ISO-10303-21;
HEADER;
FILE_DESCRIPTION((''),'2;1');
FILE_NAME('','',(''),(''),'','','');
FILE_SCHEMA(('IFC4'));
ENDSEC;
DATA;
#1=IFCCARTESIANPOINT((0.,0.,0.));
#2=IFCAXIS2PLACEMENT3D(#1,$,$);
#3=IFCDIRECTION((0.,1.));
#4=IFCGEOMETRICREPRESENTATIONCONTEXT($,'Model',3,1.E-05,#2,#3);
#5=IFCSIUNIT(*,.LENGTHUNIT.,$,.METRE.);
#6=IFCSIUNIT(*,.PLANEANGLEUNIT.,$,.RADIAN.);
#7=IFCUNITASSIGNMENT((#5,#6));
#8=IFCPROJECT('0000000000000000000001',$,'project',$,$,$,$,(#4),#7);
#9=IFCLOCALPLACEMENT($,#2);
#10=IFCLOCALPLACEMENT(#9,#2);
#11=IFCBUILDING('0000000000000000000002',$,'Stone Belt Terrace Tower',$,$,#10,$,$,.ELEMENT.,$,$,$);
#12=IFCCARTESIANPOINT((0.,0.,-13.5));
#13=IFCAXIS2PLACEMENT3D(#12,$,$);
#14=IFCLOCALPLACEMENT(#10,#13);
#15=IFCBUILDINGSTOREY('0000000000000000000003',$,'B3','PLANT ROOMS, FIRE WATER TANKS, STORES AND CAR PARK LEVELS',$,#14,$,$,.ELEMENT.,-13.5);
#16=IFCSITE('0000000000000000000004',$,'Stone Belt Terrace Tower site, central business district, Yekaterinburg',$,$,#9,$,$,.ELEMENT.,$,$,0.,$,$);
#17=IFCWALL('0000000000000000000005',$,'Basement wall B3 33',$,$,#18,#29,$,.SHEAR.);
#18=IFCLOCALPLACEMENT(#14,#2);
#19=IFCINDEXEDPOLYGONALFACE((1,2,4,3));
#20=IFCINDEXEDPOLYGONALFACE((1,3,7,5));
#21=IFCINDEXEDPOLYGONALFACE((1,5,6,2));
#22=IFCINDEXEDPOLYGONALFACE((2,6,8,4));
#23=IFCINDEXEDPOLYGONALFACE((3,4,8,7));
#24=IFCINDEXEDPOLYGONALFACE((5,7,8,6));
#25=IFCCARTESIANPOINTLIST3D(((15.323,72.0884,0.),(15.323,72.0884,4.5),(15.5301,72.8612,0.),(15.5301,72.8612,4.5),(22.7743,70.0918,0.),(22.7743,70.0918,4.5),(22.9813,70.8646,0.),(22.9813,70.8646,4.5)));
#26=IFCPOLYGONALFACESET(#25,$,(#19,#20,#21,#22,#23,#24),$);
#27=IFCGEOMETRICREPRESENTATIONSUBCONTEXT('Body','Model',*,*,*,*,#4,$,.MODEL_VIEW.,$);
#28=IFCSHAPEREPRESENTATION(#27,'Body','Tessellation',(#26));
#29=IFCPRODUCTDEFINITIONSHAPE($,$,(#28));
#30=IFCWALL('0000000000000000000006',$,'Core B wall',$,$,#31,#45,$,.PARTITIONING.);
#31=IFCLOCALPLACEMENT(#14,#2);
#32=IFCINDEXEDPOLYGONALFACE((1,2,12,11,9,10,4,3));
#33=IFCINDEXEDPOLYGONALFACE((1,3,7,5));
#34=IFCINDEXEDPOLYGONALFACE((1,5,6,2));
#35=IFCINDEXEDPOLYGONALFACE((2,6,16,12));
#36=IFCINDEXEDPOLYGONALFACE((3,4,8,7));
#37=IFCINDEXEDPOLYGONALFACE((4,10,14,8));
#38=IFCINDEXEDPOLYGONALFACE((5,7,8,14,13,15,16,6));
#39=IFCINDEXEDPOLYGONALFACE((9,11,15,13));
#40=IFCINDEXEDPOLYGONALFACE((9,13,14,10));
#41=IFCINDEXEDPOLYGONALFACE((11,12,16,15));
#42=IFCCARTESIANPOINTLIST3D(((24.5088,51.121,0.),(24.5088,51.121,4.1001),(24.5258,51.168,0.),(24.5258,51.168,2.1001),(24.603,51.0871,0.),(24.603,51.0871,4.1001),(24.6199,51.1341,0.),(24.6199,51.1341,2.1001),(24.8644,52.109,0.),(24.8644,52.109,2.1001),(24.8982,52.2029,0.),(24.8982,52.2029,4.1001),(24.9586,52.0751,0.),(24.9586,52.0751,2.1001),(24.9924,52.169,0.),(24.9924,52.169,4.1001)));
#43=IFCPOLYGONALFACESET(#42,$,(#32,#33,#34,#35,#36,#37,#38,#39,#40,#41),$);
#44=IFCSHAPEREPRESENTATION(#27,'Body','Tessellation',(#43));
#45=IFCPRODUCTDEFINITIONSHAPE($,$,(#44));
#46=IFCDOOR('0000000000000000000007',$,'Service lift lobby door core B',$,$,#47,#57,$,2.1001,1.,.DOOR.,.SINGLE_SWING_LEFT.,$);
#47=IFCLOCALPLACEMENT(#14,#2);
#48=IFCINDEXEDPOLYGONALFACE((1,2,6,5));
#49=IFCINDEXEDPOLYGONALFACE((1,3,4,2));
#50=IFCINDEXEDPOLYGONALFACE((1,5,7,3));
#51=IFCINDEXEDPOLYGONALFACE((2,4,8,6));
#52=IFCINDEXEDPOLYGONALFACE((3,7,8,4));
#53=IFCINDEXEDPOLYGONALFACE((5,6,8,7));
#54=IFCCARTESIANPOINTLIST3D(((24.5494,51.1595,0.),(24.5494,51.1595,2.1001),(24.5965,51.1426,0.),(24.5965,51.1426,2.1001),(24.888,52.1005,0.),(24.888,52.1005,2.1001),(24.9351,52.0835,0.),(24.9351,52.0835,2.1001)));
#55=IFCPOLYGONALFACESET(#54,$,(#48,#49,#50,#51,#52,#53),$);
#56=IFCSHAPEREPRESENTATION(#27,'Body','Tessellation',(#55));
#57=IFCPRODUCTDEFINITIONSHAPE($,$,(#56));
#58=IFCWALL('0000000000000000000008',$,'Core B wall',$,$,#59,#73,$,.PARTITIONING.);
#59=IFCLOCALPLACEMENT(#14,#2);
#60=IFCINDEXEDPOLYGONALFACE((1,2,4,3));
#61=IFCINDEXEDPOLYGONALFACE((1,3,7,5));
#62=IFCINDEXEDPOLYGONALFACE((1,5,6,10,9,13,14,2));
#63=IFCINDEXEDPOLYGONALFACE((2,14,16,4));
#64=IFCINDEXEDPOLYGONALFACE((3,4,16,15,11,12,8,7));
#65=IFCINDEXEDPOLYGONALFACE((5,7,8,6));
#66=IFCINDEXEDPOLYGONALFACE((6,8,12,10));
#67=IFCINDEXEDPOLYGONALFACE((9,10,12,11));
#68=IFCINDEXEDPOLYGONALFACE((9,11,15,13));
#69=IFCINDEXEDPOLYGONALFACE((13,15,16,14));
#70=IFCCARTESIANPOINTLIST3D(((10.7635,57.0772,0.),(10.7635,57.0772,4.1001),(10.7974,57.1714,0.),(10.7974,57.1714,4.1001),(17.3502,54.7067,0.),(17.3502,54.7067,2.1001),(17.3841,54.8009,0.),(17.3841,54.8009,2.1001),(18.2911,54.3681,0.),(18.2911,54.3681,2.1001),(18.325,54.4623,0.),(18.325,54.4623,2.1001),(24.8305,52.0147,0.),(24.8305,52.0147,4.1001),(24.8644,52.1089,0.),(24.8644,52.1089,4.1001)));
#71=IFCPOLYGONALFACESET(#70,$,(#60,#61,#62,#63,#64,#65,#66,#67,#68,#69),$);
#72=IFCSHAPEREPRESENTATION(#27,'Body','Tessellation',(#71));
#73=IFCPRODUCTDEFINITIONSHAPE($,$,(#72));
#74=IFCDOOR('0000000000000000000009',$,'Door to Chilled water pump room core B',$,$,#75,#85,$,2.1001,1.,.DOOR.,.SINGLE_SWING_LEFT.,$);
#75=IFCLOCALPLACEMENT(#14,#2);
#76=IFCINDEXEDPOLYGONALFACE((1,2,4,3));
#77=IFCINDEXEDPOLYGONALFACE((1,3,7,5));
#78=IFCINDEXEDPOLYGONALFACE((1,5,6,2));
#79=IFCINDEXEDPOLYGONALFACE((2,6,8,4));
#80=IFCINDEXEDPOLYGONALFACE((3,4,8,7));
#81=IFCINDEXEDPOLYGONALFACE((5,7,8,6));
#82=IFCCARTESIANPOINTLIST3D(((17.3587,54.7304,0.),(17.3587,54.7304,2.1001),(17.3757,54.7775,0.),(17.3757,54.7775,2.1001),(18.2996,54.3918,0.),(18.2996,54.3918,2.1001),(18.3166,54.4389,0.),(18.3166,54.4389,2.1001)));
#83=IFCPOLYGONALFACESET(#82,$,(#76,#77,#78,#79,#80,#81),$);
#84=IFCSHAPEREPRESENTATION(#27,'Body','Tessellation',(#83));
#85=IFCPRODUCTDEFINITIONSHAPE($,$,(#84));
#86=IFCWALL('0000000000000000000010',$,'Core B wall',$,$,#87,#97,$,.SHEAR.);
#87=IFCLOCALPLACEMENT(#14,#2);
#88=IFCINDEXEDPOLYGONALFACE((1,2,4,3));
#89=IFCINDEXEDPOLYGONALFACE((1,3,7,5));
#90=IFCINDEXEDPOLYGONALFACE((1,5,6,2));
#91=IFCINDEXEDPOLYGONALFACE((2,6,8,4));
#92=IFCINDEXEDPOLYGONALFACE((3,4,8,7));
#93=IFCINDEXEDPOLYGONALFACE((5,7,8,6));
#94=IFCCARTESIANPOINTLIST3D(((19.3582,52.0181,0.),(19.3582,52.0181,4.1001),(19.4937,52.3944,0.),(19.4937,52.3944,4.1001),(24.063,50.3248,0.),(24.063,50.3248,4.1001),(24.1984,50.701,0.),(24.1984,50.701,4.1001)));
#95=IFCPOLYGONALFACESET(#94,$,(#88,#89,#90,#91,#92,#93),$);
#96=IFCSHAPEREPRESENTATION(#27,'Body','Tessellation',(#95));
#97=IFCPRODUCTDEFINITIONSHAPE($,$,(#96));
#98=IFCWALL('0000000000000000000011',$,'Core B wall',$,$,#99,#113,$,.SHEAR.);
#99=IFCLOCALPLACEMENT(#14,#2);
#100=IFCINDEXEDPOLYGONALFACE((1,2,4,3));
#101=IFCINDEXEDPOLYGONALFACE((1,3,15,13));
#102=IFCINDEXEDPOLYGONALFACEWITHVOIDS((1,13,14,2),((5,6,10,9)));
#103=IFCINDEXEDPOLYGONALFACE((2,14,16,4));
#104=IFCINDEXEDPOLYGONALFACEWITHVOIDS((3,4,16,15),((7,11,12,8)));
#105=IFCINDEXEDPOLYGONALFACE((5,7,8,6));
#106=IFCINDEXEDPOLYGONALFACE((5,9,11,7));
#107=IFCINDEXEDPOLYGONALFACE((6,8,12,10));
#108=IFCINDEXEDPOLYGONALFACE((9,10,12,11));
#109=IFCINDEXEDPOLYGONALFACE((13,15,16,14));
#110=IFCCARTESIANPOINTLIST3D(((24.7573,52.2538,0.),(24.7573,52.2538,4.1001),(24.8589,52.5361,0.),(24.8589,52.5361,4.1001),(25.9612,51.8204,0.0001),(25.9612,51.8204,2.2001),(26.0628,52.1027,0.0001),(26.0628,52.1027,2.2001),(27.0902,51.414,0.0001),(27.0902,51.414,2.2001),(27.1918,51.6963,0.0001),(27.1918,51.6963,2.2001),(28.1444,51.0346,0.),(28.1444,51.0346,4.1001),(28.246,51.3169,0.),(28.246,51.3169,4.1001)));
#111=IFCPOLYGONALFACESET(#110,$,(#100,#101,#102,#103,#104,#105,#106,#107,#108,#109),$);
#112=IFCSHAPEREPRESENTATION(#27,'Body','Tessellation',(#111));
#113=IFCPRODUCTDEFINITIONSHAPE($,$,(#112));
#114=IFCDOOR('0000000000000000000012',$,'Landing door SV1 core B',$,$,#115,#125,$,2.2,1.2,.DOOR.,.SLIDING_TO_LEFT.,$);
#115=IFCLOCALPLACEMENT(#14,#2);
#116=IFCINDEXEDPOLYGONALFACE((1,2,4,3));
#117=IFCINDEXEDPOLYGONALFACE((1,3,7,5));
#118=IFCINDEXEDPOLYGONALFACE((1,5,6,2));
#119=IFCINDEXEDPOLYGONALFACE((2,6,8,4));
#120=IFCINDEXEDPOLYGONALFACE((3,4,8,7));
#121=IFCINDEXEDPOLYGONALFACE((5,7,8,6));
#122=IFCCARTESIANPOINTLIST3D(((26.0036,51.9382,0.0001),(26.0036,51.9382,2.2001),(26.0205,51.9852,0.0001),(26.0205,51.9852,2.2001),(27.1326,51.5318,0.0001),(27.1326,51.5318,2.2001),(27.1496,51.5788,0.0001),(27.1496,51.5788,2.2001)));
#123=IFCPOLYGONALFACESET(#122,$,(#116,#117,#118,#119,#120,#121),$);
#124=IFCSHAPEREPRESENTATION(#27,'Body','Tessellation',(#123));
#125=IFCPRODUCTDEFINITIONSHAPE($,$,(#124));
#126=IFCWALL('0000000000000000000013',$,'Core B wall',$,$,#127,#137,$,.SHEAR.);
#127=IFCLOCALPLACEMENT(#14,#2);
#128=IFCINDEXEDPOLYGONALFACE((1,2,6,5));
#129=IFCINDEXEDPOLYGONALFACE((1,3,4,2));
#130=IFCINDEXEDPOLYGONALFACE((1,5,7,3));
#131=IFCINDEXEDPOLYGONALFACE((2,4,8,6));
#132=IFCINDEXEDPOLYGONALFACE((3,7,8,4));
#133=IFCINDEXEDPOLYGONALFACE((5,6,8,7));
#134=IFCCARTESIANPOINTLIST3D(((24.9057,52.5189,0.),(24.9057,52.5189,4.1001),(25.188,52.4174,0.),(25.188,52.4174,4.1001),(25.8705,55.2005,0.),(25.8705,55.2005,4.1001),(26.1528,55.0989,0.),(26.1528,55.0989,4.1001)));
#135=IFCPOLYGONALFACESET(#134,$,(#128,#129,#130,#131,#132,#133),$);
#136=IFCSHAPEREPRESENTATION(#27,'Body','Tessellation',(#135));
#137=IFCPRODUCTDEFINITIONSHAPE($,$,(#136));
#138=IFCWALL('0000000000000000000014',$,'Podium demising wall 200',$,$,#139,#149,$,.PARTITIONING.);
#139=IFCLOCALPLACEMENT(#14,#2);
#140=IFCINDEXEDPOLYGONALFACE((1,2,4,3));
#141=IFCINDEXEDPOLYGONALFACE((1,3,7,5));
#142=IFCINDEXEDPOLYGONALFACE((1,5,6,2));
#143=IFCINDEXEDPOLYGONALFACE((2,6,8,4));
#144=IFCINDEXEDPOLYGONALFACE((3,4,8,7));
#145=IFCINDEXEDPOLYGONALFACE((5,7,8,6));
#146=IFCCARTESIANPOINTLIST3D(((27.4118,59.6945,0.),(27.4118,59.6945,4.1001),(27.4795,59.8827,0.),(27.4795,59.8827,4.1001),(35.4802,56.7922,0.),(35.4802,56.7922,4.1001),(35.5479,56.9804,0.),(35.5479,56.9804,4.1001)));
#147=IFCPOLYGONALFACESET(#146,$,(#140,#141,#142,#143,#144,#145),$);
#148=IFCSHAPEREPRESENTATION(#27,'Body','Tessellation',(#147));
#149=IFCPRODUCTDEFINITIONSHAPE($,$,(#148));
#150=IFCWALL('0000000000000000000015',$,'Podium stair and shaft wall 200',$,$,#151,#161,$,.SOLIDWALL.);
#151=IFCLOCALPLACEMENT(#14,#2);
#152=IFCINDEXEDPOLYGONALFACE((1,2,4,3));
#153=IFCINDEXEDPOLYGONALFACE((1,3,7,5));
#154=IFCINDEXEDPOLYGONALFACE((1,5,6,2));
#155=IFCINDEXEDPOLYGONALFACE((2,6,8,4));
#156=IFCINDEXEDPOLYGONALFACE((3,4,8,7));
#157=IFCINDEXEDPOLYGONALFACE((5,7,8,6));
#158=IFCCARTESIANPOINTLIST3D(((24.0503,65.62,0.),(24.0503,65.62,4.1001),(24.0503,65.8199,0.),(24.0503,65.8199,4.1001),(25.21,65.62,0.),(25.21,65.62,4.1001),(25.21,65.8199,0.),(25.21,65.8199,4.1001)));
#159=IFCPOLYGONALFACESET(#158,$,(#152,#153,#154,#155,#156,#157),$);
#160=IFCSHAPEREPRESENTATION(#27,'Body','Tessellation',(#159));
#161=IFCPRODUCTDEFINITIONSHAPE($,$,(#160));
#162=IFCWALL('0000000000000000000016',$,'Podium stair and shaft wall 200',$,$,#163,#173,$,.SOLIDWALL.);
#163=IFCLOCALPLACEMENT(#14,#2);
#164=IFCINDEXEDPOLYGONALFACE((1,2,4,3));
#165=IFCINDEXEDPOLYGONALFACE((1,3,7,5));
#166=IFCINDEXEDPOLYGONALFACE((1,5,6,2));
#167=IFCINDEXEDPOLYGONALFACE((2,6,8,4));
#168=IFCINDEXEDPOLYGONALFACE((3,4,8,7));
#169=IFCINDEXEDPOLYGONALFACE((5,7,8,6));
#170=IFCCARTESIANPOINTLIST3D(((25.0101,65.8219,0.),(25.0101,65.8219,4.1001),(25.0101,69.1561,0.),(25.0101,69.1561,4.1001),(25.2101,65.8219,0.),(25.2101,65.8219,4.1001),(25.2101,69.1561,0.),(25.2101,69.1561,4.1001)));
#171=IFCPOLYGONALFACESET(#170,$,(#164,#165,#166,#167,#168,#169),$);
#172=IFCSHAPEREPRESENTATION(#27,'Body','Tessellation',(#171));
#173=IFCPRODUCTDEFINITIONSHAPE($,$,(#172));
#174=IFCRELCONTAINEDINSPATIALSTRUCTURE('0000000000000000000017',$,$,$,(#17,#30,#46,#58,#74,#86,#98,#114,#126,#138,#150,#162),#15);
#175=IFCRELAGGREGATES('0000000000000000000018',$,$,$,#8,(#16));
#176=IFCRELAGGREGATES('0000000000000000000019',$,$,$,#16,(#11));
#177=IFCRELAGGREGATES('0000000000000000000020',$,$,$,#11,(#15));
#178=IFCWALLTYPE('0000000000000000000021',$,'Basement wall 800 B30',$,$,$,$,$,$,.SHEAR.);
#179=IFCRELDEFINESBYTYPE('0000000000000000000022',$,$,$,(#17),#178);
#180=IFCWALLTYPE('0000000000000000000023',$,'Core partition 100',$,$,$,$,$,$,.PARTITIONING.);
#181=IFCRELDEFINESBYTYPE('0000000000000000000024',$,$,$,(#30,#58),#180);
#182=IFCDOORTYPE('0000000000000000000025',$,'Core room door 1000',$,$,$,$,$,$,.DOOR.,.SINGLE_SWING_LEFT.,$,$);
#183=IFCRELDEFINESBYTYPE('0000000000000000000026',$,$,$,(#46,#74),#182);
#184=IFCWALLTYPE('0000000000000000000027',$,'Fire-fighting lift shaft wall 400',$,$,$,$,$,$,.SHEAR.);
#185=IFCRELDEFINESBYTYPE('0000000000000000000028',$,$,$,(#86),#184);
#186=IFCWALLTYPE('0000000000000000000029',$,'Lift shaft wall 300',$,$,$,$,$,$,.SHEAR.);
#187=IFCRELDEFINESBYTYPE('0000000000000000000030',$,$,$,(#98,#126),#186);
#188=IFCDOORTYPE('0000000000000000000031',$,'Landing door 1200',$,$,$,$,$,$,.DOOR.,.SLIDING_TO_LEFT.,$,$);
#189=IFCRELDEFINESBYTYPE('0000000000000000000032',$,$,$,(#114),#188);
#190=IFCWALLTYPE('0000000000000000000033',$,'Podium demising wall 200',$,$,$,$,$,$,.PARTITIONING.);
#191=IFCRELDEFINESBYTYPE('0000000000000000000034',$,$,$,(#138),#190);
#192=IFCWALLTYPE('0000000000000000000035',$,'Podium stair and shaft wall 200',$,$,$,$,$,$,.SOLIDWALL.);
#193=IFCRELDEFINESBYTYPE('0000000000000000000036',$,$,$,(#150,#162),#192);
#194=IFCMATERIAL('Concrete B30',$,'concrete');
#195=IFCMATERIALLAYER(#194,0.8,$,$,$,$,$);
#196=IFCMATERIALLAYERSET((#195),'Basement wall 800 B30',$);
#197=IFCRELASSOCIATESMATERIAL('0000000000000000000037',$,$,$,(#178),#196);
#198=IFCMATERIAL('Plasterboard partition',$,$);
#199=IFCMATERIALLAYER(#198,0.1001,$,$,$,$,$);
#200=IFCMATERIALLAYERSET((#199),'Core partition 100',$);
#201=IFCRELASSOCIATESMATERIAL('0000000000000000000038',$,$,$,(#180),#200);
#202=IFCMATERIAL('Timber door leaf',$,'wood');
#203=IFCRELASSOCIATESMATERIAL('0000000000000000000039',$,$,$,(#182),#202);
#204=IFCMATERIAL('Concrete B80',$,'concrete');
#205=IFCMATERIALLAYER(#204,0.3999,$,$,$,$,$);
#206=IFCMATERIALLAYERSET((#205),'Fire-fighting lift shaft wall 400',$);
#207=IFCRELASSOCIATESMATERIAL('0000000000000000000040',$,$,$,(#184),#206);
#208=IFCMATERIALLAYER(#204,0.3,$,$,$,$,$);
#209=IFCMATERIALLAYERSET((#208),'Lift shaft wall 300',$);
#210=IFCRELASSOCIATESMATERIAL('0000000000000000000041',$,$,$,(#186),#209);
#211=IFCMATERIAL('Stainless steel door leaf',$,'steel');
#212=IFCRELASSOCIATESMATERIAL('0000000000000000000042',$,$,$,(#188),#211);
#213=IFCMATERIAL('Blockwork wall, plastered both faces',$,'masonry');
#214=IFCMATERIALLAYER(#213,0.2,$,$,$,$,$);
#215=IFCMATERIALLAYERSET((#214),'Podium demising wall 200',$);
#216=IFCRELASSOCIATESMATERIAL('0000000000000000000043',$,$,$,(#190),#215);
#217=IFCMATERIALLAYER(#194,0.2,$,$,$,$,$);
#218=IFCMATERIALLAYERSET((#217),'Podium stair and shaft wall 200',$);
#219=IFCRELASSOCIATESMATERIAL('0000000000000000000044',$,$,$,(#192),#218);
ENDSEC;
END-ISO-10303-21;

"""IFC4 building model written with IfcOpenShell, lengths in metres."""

from ifc_helpers import new_model, si_unit, direction, frame, frame_2d, origin, place, context, subcontext, project, spatial, rectangle, extrude, material, layer, layer_set, type_object, element, fill, save


model = new_model("IFC4")

# Units and contexts
model_context = context("Model", 3, precision=1e-05, world=origin(), true_north=direction((0.0, 1.0)))
body_context = subcontext(model_context, "Body", "Model", "MODEL_VIEW")
ifc_project = project(units=[si_unit("LENGTHUNIT", "METRE"), si_unit("PLANEANGLEUNIT", "RADIAN")], contexts=[model_context])

# Site, building, storey
site_placement = place(None, origin())
site = spatial("IfcSite", under=ifc_project, at=site_placement, Name="Stone Belt Terrace Tower site, central business district, Yekaterinburg", CompositionType="ELEMENT", RefElevation=0.0)
building_placement = place(site_placement, origin())
building = spatial("IfcBuilding", under=site, at=building_placement, Name="Stone Belt Terrace Tower", CompositionType="ELEMENT")
storey_placement = place(building_placement, frame((0.0, 0.0, -13.5)))
storey = spatial("IfcBuildingStorey", under=building, at=storey_placement, Name="B3", Description="PLANT ROOMS, FIRE WATER TANKS, STORES AND CAR PARK LEVELS", CompositionType="ELEMENT", Elevation=-13.5)

# Shared definitions
ifc_material_1 = material(Name="Concrete B80", Category="concrete")

# Wall
ifc_material_2 = material(Name="Concrete B30", Category="concrete")
ifc_layer_1 = layer(ifc_material_2, 0.8)
ifc_layer_set_1 = layer_set([ifc_layer_1], Name="Basement wall 800 B30")
wall_type_1 = type_object("IfcWallType", Name="Basement wall 800 B30", PredefinedType="SHEAR", material=ifc_layer_set_1)
wall_1_placement = place(storey_placement, frame((22.8777, 70.4783, 0.0), z_axis=(0.0, 0.0, 1.0), x_axis=(-0.965924, 0.258825, 0.0)))
element("IfcWall", 1, at=wall_1_placement, inside=storey, type_object=wall_type_1, Name="Basement wall B3 33", PredefinedType="SHEAR", context=body_context, shape_type="SweptSolid", body=[
    extrude(rectangle(XDim=7.7141, YDim=0.8, at=frame_2d((3.8569, 0.0))), origin(), (0.0, 0.0, 1.0), 4.5),
])

# Walls, openings, doors
ifc_material_3 = material(Name="Plasterboard partition")
ifc_layer_2 = layer(ifc_material_3, 0.1001)
ifc_layer_set_2 = layer_set([ifc_layer_2], Name="Core partition 100")
wall_type_2 = type_object("IfcWallType", Name="Core partition 100", PredefinedType="PARTITIONING", material=ifc_layer_set_2)
wall_2_placement = place(storey_placement, frame((24.5559, 51.104, 0.0), z_axis=(0.0, 0.0, 1.0), x_axis=(0.338622, 0.940923, 0.0)))
wall_2 = element("IfcWall", 2, at=wall_2_placement, inside=storey, type_object=wall_type_2, Name="Core B wall", PredefinedType="PARTITIONING", context=body_context, shape_type="SweptSolid", body=[
    extrude(rectangle(XDim=1.1499, YDim=0.1001, at=frame_2d((0.575, 0.0))), origin(), (0.0, 0.0, 1.0), 4.1001),
])
opening_1_placement = place(wall_2_placement, frame((0.05, 0.0, 0.0)))
opening_1 = element("IfcOpeningElement", 3, at=opening_1_placement, cuts=wall_2, PredefinedType="OPENING", context=body_context, shape_type="SweptSolid", body=[
    extrude(rectangle(XDim=1.0, YDim=2.1001, at=frame_2d((0.5, 1.05))), frame((0.0, 0.0601, 0.0), z_axis=(0.0, -1.0, 0.0), x_axis=(1.0, 0.0, 0.0)), (0.0, 0.0, 1.0), 0.1201),
])
ifc_material_4 = material(Name="Timber door leaf", Category="wood")
door_type_1 = type_object("IfcDoorType", Name="Core room door 1000", OperationType="SINGLE_SWING_LEFT", PredefinedType="DOOR", material=ifc_material_4)
door_1_placement = place(opening_1_placement, origin())
door_1 = element("IfcDoor", 4, at=door_1_placement, inside=storey, type_object=door_type_1, Name="Service lift lobby door core B", OperationType="SINGLE_SWING_LEFT", OverallHeight=2.1001, OverallWidth=1.0, PredefinedType="DOOR", context=body_context, shape_type="SweptSolid", body=[
    extrude(rectangle(XDim=1.0, YDim=2.1001, at=frame_2d((0.5, 1.05))), frame((0.0, 0.0249, 0.0), z_axis=(0.0, -1.0, 0.0), x_axis=(1.0, 0.0, 0.0)), (0.0, 0.0, 1.0), 0.05),
])
fill(opening_1, door_1)
wall_3_placement = place(storey_placement, frame((24.8474, 52.0618, 0.0), z_axis=(0.0, 0.0, 1.0), x_axis=(-0.940921, 0.338626, 0.0)))
wall_3 = element("IfcWall", 5, at=wall_3_placement, inside=storey, type_object=wall_type_2, Name="Core B wall", PredefinedType="PARTITIONING", context=body_context, shape_type="SweptSolid", body=[
    extrude(rectangle(XDim=14.9502, YDim=0.1001, at=frame_2d((7.4751, 0.0))), origin(), (0.0, 0.0, 1.0), 4.1001),
])
opening_2_placement = place(wall_3_placement, frame((6.95, 0.0, 0.0)))
opening_2 = element("IfcOpeningElement", 6, at=opening_2_placement, cuts=wall_3, PredefinedType="OPENING", context=body_context, shape_type="SweptSolid", body=[
    extrude(rectangle(XDim=1.0, YDim=2.1001, at=frame_2d((0.5, 1.05))), frame((0.0, 0.0601, 0.0), z_axis=(0.0, -1.0, 0.0), x_axis=(1.0, 0.0, 0.0)), (0.0, 0.0, 1.0), 0.1201),
])
door_2_placement = place(opening_2_placement, origin())
door_2 = element("IfcDoor", 7, at=door_2_placement, inside=storey, type_object=door_type_1, Name="Door to Chilled water pump room core B", OperationType="SINGLE_SWING_LEFT", OverallHeight=2.1001, OverallWidth=1.0, PredefinedType="DOOR", context=body_context, shape_type="SweptSolid", body=[
    extrude(rectangle(XDim=1.0, YDim=2.1001, at=frame_2d((0.5, 1.05))), frame((0.0, 0.0249, 0.0), z_axis=(0.0, -1.0, 0.0), x_axis=(1.0, 0.0, 0.0)), (0.0, 0.0, 1.0), 0.05),
])
fill(opening_2, door_2)

# Wall
ifc_layer_3 = layer(ifc_material_1, 0.3999)
ifc_layer_set_3 = layer_set([ifc_layer_3], Name="Fire-fighting lift shaft wall 400")
wall_type_3 = type_object("IfcWallType", Name="Fire-fighting lift shaft wall 400", PredefinedType="SHEAR", material=ifc_layer_set_3)
wall_4_placement = place(storey_placement, frame((24.1306, 50.5129, 0.0), z_axis=(0.0, 0.0, 1.0), x_axis=(-0.940912, 0.338652, 0.0)))
element("IfcWall", 8, at=wall_4_placement, inside=storey, type_object=wall_type_3, Name="Core B wall", PredefinedType="SHEAR", context=body_context, shape_type="SweptSolid", body=[
    extrude(rectangle(XDim=5.0002, YDim=0.3999, at=frame_2d((2.5, 0.0))), origin(), (0.0, 0.0, 1.0), 4.1001),
])

# Wall, opening, door
ifc_layer_4 = layer(ifc_material_1, 0.3)
ifc_layer_set_4 = layer_set([ifc_layer_4], Name="Lift shaft wall 300")
wall_type_4 = type_object("IfcWallType", Name="Lift shaft wall 300", PredefinedType="SHEAR", material=ifc_layer_set_4)
wall_5_placement = place(storey_placement, frame((28.1951, 51.1758, 0.0), z_axis=(0.0, 0.0, 1.0), x_axis=(-0.940901, 0.338681, 0.0)))
wall_5 = element("IfcWall", 9, at=wall_5_placement, inside=storey, type_object=wall_type_4, Name="Core B wall", PredefinedType="SHEAR", context=body_context, shape_type="SweptSolid", body=[
    extrude(rectangle(XDim=3.5999, YDim=0.3, at=frame_2d((1.7998, 0.0))), origin(), (0.0, 0.0, 1.0), 4.1001),
])
opening_3_placement = place(wall_5_placement, frame((1.1201, 0.0, 0.0)))
opening_3 = element("IfcOpeningElement", 10, at=opening_3_placement, cuts=wall_5, PredefinedType="OPENING", context=body_context, shape_type="SweptSolid", body=[
    extrude(rectangle(XDim=1.2, YDim=2.2, at=frame_2d((0.6001, 1.1001))), frame((0.0, 0.1599, 0.0), z_axis=(0.0, -1.0, 0.0), x_axis=(1.0, 0.0, 0.0)), (0.0, 0.0, 1.0), 0.3201),
])
ifc_material_5 = material(Name="Stainless steel door leaf", Category="steel")
door_type_2 = type_object("IfcDoorType", Name="Landing door 1200", OperationType="SLIDING_TO_LEFT", PredefinedType="DOOR", material=ifc_material_5)
door_3_placement = place(opening_3_placement, origin())
door_3 = element("IfcDoor", 11, at=door_3_placement, inside=storey, type_object=door_type_2, Name="Landing door SV1 core B", OperationType="SLIDING_TO_LEFT", OverallHeight=2.2, OverallWidth=1.2, PredefinedType="DOOR", context=body_context, shape_type="SweptSolid", body=[
    extrude(rectangle(XDim=1.2, YDim=2.2, at=frame_2d((0.6001, 1.1001))), frame((0.0, 0.0249, 0.0), z_axis=(0.0, -1.0, 0.0), x_axis=(1.0, 0.0, 0.0)), (0.0, 0.0, 1.0), 0.05),
])
fill(opening_3, door_3)

# Walls
wall_6_placement = place(storey_placement, frame((25.0469, 52.4683, 0.0), z_axis=(0.0, 0.0, 1.0), x_axis=(0.33855, 0.940949, 0.0)))
element("IfcWall", 12, at=wall_6_placement, inside=storey, type_object=wall_type_4, Name="Core B wall", PredefinedType="SHEAR", context=body_context, shape_type="SweptSolid", body=[
    extrude(rectangle(XDim=2.8499, YDim=0.3, at=frame_2d((1.4248, 0.0))), origin(), (0.0, 0.0, 1.0), 4.1001),
])
ifc_material_6 = material(Name="Blockwork wall, plastered both faces", Category="masonry")
ifc_layer_5 = layer(ifc_material_6, 0.2)
ifc_layer_set_5 = layer_set([ifc_layer_5], Name="Podium demising wall 200")
wall_type_5 = type_object("IfcWallType", Name="Podium demising wall 200", PredefinedType="PARTITIONING", material=ifc_layer_set_5)
wall_7_placement = place(storey_placement, frame((27.4458, 59.7886, 0.0), z_axis=(0.0, 0.0, 1.0), x_axis=(0.940972, -0.338486, 0.0)))
element("IfcWall", 13, at=wall_7_placement, inside=storey, type_object=wall_type_5, Name="Podium demising wall 200", PredefinedType="PARTITIONING", context=body_context, shape_type="SweptSolid", body=[
    extrude(rectangle(XDim=8.5745, YDim=0.2, at=frame_2d((4.2871, 0.0))), origin(), (0.0, 0.0, 1.0), 4.1001),
])
ifc_layer_6 = layer(ifc_material_2, 0.2)
ifc_layer_set_6 = layer_set([ifc_layer_6], Name="Podium stair and shaft wall 200")
wall_type_6 = type_object("IfcWallType", Name="Podium stair and shaft wall 200", PredefinedType="SOLIDWALL", material=ifc_layer_set_6)
wall_8_placement = place(storey_placement, frame((24.0503, 65.72, 0.0), z_axis=(0.0, 0.0, 1.0), x_axis=(1.0, 0.0, 0.0)))
element("IfcWall", 14, at=wall_8_placement, inside=storey, type_object=wall_type_6, Name="Podium stair and shaft wall 200", PredefinedType="SOLIDWALL", context=body_context, shape_type="SweptSolid", body=[
    extrude(rectangle(XDim=1.1597, YDim=0.2, at=frame_2d((0.5798, 0.0))), origin(), (0.0, 0.0, 1.0), 4.1001),
])
wall_9_placement = place(storey_placement, frame((25.1101, 65.822, 0.0), z_axis=(0.0, 0.0, 1.0), x_axis=(0.0, 1.0, 0.0)))
element("IfcWall", 15, at=wall_9_placement, inside=storey, type_object=wall_type_6, Name="Podium stair and shaft wall 200", PredefinedType="SOLIDWALL", context=body_context, shape_type="SweptSolid", body=[
    extrude(rectangle(XDim=3.3342, YDim=0.2, at=frame_2d((1.667, 0.0))), origin(), (0.0, 0.0, 1.0), 4.1001),
])

save(model, "model.ifc")
